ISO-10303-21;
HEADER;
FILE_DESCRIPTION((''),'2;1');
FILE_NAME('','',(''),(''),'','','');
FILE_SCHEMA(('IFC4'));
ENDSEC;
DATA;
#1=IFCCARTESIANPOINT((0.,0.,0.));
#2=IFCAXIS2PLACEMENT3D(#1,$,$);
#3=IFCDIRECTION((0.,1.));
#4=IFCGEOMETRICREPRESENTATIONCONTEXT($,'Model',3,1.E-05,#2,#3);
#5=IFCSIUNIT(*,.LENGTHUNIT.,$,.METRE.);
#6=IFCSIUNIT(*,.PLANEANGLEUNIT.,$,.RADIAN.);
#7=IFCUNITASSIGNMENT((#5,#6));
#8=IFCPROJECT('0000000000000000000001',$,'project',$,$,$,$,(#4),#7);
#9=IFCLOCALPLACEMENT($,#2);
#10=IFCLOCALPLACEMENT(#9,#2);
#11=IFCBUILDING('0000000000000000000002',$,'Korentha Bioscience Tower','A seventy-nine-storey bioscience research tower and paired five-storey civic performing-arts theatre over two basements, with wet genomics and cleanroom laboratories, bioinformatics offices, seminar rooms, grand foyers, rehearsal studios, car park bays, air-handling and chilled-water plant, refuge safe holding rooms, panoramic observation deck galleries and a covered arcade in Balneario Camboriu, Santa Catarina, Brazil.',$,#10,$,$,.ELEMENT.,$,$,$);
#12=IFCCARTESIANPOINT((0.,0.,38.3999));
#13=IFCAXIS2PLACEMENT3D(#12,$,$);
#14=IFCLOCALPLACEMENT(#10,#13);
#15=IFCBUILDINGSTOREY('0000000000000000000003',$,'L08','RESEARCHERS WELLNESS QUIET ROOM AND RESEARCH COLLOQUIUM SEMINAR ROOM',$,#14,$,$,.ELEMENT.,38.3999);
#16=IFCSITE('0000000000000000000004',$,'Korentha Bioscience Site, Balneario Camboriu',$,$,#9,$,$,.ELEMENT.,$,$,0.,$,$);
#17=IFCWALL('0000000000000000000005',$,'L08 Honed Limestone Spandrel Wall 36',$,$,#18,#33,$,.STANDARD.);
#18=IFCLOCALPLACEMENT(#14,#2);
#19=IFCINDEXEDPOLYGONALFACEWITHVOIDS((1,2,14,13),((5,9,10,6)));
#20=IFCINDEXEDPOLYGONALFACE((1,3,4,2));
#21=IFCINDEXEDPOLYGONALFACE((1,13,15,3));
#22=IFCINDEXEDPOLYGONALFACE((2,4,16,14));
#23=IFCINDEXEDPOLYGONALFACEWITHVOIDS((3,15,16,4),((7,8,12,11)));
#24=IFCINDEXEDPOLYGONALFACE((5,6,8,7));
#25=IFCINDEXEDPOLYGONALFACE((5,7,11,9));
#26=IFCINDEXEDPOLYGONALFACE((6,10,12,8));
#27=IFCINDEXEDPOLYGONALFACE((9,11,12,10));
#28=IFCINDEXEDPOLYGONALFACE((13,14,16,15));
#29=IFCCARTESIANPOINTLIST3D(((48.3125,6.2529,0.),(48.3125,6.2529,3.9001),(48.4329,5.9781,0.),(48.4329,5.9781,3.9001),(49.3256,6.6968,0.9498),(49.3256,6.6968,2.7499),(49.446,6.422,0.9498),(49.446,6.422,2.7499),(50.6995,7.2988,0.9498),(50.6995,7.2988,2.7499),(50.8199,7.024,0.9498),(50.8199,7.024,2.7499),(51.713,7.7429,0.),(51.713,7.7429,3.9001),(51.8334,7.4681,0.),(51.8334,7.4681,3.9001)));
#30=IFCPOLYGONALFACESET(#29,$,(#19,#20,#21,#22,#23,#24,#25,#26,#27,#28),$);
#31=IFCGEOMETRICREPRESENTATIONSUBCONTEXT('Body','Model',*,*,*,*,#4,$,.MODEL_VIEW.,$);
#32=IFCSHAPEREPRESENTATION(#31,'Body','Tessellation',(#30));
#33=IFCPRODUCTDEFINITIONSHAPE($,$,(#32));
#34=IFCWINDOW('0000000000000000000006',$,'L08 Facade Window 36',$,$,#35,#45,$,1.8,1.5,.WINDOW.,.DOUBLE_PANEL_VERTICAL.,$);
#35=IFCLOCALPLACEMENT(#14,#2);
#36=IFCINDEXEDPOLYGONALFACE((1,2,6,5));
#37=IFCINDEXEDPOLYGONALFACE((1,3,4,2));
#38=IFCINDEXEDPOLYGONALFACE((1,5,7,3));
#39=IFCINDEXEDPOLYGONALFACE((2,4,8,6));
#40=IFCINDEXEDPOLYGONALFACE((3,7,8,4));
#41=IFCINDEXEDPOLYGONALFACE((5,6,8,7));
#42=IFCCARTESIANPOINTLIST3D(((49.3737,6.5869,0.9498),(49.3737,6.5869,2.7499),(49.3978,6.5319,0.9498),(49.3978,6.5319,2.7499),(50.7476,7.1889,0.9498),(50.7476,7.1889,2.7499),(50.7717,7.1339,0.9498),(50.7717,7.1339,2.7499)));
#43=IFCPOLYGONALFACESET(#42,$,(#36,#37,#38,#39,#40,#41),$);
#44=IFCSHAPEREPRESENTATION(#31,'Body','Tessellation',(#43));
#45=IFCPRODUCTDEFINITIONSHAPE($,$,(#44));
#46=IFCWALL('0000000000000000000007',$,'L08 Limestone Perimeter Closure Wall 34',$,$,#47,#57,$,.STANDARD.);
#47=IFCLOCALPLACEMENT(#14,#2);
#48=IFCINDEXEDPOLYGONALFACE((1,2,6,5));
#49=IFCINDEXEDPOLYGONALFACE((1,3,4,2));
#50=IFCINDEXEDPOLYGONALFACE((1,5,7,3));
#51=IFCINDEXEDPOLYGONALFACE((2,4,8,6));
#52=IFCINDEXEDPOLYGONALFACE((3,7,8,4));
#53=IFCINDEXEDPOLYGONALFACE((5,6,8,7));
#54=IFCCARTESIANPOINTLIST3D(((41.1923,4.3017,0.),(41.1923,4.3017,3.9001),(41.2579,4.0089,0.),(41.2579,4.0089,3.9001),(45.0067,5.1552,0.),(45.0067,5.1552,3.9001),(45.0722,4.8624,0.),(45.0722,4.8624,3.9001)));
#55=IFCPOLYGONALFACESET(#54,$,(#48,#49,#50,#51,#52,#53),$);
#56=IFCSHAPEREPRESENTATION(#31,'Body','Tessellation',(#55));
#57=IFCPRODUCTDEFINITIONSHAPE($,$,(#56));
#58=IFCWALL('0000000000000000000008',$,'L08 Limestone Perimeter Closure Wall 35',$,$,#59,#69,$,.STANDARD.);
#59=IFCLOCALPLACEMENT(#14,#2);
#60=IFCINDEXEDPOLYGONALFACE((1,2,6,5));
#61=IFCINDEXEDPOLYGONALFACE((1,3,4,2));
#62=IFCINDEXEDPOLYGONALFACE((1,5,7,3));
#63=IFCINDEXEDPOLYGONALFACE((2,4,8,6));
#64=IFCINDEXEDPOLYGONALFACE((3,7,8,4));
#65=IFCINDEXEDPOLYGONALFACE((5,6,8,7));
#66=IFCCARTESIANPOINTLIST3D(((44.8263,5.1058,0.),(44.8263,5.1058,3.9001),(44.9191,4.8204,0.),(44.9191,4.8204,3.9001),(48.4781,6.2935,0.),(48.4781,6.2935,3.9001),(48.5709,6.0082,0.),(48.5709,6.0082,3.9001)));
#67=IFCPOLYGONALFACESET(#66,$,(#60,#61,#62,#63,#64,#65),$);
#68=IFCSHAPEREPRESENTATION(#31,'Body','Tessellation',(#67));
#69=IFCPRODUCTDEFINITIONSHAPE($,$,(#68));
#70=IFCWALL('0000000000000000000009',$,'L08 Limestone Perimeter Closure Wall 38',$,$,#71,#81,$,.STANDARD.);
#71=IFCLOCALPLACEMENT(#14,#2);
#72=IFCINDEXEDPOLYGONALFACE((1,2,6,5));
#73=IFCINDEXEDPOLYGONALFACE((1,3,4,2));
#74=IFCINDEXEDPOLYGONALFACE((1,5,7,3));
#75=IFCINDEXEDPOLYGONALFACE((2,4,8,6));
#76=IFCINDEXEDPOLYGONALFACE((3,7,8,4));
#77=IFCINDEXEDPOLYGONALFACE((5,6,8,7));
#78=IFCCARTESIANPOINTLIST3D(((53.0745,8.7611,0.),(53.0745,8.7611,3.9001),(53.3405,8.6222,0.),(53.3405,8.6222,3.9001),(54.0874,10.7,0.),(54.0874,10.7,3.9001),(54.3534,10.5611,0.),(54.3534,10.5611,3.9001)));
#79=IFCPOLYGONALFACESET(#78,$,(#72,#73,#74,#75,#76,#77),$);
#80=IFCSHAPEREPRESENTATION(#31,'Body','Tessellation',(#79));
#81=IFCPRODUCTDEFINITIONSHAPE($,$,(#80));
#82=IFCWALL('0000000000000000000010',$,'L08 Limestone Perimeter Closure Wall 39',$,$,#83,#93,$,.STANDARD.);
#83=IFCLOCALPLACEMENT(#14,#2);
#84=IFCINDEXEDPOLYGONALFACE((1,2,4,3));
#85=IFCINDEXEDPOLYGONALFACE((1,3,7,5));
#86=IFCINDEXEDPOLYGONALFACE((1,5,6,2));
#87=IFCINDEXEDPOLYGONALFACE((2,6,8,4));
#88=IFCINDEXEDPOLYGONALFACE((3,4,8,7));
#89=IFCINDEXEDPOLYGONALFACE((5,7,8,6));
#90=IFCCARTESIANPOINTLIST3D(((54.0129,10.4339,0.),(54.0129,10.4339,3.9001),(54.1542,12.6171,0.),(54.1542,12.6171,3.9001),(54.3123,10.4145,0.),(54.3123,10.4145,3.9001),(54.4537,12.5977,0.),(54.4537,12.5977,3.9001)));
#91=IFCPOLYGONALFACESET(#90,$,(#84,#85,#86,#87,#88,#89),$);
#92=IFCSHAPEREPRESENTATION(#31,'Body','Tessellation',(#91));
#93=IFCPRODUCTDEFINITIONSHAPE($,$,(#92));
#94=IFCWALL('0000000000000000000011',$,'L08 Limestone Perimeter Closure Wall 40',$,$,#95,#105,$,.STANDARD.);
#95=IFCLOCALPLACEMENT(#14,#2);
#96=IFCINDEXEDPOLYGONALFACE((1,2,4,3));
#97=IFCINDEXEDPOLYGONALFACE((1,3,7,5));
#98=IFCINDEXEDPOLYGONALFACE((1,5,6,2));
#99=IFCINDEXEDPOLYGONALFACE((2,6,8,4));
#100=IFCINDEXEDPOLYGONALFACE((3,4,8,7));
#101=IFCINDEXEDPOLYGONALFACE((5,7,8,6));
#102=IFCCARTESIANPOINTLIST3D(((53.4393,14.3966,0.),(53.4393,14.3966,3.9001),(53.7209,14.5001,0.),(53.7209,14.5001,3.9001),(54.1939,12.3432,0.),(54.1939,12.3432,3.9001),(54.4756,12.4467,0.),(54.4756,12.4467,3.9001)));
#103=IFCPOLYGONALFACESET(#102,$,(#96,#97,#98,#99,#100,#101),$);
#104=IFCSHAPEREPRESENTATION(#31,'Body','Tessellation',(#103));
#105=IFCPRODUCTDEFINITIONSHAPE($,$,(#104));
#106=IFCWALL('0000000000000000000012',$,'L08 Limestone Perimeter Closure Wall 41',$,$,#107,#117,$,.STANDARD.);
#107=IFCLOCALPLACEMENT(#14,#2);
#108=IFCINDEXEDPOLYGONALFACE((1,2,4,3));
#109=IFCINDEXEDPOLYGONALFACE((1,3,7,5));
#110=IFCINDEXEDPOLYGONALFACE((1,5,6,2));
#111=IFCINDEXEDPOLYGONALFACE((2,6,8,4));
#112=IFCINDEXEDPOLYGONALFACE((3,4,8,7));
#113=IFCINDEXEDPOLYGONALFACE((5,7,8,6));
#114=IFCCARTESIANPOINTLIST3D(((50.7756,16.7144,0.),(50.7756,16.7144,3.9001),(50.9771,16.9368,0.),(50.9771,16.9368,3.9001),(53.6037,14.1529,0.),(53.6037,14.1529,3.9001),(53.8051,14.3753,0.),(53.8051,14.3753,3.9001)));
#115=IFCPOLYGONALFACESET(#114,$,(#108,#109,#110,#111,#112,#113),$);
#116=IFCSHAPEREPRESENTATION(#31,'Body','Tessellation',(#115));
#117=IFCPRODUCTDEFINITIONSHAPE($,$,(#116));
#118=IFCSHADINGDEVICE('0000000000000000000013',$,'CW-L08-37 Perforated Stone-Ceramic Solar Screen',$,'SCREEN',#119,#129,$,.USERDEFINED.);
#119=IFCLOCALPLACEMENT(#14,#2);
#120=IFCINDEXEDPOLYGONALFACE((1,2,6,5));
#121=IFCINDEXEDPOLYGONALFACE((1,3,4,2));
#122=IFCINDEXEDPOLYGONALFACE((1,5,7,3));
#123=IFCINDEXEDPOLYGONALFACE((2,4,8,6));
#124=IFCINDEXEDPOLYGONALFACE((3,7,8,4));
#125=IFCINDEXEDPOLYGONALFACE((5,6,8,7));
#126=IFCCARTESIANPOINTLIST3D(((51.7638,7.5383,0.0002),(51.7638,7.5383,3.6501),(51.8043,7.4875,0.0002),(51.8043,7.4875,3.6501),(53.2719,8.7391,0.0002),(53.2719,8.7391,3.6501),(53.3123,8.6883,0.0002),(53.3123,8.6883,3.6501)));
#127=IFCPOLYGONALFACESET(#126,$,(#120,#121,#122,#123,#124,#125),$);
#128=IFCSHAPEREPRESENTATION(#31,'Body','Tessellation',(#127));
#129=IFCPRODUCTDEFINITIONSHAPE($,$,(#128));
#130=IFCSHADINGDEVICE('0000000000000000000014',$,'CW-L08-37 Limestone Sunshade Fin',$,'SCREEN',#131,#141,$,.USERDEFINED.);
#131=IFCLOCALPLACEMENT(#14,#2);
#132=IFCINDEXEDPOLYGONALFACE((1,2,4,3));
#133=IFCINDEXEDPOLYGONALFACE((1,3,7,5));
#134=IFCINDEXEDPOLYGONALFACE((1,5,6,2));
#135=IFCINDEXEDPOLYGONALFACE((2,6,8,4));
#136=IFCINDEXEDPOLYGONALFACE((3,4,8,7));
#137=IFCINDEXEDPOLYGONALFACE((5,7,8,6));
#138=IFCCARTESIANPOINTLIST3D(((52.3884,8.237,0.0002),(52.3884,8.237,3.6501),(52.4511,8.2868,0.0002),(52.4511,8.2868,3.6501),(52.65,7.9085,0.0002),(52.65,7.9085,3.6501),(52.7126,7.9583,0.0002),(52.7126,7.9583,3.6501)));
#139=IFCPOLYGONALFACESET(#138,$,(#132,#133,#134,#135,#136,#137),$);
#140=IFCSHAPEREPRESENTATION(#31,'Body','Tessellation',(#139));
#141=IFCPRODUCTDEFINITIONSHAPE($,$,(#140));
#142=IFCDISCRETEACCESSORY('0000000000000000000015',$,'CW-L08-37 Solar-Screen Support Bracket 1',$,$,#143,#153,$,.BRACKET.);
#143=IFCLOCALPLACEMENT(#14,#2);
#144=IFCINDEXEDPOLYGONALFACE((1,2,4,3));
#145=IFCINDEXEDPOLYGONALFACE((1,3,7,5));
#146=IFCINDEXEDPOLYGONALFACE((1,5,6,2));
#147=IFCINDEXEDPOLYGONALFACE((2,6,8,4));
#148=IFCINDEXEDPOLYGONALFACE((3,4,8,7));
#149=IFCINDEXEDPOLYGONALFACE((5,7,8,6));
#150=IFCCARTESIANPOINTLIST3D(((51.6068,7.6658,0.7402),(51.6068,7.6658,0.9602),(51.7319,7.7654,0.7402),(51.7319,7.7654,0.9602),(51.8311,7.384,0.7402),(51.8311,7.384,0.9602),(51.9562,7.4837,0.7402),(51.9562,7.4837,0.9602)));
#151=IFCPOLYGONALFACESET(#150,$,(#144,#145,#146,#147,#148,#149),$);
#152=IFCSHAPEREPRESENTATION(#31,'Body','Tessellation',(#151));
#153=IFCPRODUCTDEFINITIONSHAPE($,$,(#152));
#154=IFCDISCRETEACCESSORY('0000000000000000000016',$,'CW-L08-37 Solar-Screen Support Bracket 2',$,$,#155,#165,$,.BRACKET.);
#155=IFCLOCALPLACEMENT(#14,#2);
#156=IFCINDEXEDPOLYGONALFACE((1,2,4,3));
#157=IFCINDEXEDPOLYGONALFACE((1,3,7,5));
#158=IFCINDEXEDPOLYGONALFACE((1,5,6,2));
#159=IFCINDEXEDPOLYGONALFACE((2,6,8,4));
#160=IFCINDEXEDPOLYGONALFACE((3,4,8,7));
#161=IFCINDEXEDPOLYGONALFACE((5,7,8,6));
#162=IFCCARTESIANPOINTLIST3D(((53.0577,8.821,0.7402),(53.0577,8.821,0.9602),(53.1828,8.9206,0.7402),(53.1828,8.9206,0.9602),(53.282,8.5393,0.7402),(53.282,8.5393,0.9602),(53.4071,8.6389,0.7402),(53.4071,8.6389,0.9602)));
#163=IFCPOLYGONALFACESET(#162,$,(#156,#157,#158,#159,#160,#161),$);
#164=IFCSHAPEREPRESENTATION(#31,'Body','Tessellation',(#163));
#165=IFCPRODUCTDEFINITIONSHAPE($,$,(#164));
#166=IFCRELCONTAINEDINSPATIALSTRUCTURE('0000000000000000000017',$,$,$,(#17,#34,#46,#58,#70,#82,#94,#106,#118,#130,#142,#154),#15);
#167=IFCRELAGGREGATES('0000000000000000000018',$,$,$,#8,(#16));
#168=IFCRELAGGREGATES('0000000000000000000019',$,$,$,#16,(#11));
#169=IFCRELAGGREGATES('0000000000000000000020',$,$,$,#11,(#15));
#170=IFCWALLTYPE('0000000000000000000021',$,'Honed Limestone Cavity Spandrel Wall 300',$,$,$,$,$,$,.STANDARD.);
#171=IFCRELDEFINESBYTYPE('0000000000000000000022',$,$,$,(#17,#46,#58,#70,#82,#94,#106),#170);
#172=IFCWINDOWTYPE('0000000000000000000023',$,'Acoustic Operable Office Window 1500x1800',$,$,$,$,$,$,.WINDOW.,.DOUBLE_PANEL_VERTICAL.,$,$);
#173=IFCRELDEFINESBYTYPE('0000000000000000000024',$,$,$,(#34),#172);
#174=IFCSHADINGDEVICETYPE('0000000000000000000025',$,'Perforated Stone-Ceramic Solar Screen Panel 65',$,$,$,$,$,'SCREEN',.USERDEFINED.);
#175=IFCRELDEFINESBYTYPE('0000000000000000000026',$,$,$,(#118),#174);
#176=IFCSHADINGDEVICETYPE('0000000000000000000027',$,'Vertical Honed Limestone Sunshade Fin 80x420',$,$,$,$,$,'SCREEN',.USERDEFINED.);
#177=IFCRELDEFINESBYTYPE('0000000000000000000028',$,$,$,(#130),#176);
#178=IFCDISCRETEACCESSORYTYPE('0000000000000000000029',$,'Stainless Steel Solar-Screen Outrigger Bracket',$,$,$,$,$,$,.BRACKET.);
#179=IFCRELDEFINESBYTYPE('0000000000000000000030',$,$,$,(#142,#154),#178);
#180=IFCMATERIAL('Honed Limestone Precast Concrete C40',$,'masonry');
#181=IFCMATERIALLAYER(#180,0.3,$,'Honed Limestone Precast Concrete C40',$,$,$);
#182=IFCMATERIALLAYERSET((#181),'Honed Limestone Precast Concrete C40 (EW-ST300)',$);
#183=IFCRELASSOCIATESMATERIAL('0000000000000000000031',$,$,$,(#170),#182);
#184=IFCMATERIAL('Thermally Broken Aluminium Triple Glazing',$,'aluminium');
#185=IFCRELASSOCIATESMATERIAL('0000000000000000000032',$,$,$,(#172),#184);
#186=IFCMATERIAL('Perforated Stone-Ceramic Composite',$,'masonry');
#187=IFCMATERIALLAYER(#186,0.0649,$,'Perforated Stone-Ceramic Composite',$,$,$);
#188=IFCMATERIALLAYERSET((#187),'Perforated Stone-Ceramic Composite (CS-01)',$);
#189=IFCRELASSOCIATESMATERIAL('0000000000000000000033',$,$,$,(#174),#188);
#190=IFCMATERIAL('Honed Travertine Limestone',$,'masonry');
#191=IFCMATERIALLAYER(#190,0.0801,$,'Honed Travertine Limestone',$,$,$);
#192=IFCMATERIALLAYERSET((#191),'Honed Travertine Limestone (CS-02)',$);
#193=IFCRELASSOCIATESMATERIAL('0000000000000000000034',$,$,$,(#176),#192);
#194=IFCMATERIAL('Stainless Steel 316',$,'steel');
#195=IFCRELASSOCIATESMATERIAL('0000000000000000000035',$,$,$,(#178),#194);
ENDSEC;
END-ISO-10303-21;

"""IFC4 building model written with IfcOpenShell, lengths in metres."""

from ifc_helpers import new_model, si_unit, direction, frame, frame_2d, origin, origin_2d, place, context, subcontext, project, spatial, rectangle, extrude, material, layer, layer_set, type_object, element, fill, save


model = new_model("IFC4")

# Units and contexts
model_context = context("Model", 3, precision=1e-05, world=origin(), true_north=direction((0.0, 1.0)))
body_context = subcontext(model_context, "Body", "Model", "MODEL_VIEW")
ifc_project = project(units=[si_unit("LENGTHUNIT", "METRE"), si_unit("PLANEANGLEUNIT", "RADIAN")], contexts=[model_context])

# Site, building, storey
site_placement = place(None, origin())
site = spatial("IfcSite", under=ifc_project, at=site_placement, Name="Korentha Bioscience Site, Balneario Camboriu", CompositionType="ELEMENT", RefElevation=0.0)
building_placement = place(site_placement, origin())
building = spatial("IfcBuilding", under=site, at=building_placement, Name="Korentha Bioscience Tower", Description="A seventy-nine-storey bioscience research tower and paired five-storey civic performing-arts theatre over two basements, with wet genomics and cleanroom laboratories, bioinformatics offices, seminar rooms, grand foyers, rehearsal studios, car park bays, air-handling and chilled-water plant, refuge safe holding rooms, panoramic observation deck galleries and a covered arcade in Balneario Camboriu, Santa Catarina, Brazil.", CompositionType="ELEMENT")
storey_placement = place(building_placement, frame((0.0, 0.0, 38.3999)))
storey = spatial("IfcBuildingStorey", under=building, at=storey_placement, Name="L08", Description="RESEARCHERS WELLNESS QUIET ROOM AND RESEARCH COLLOQUIUM SEMINAR ROOM", CompositionType="ELEMENT", Elevation=38.3999)

# Wall, opening, window
ifc_material_1 = material(Name="Honed Limestone Precast Concrete C40", Category="masonry")
ifc_layer_1 = layer(ifc_material_1, 0.3, Name="Honed Limestone Precast Concrete C40")
ifc_layer_set_1 = layer_set([ifc_layer_1], Name="Honed Limestone Precast Concrete C40 (EW-ST300)")
wall_type = type_object("IfcWallType", Name="Honed Limestone Cavity Spandrel Wall 300", PredefinedType="STANDARD", material=ifc_layer_set_1)
wall_1_placement = place(storey_placement, frame((48.3726, 6.1155, 0.0), z_axis=(0.0, 0.0, 1.0), x_axis=(0.915938, 0.401319, 0.0)))
wall_1 = element("IfcWall", 1, at=wall_1_placement, inside=storey, type_object=wall_type, Name="L08 Honed Limestone Spandrel Wall 36", PredefinedType="STANDARD", context=body_context, shape_type="SweptSolid", body=[
    extrude(rectangle(XDim=3.7126, YDim=0.3, at=frame_2d((1.8564, 0.0))), origin(), (0.0, 0.0, 1.0), 3.9001),
])
opening_placement = place(wall_1_placement, frame((1.1062, 0.0, 0.95)))
opening = element("IfcOpeningElement", 2, at=opening_placement, cuts=wall_1, PredefinedType="OPENING", context=body_context, shape_type="SweptSolid", body=[
    extrude(rectangle(XDim=1.5, YDim=1.8, at=frame_2d((0.75, 0.8999))), frame((0.0, 0.165, 0.0), z_axis=(0.0, -1.0, 0.0), x_axis=(1.0, 0.0, 0.0)), (0.0, 0.0, 1.0), 0.3298),
])
ifc_material_2 = material(Name="Thermally Broken Aluminium Triple Glazing", Category="aluminium")
window_type = type_object("IfcWindowType", Name="Acoustic Operable Office Window 1500x1800", PartitioningType="DOUBLE_PANEL_VERTICAL", PredefinedType="WINDOW", material=ifc_material_2)
window_placement = place(opening_placement, origin())
window = element("IfcWindow", 3, at=window_placement, inside=storey, type_object=window_type, Name="L08 Facade Window 36", OverallHeight=1.8, OverallWidth=1.5, PartitioningType="DOUBLE_PANEL_VERTICAL", PredefinedType="WINDOW", context=body_context, shape_type="SweptSolid", body=[
    extrude(rectangle(XDim=1.5, YDim=1.8, at=frame_2d((0.75, 0.8999))), frame((0.0, 0.03, 0.0), z_axis=(0.0, -1.0, 0.0), x_axis=(1.0, 0.0, 0.0)), (0.0, 0.0, 1.0), 0.0601),
])
fill(opening, window)

# Walls
wall_2_placement = place(storey_placement, frame((41.2251, 4.1553, 0.0), z_axis=(0.0, 0.0, 1.0), x_axis=(0.975869, 0.218359, 0.0)))
element("IfcWall", 4, at=wall_2_placement, inside=storey, type_object=wall_type, Name="L08 Limestone Perimeter Closure Wall 34", PredefinedType="STANDARD", context=body_context, shape_type="SweptSolid", body=[
    extrude(rectangle(XDim=3.9087, YDim=0.3, at=frame_2d((1.9543, 0.0))), origin(), (0.0, 0.0, 1.0), 3.9001),
])
wall_3_placement = place(storey_placement, frame((44.8728, 4.9631, 0.0), z_axis=(0.0, 0.0, 1.0), x_axis=(0.950966, 0.309296, 0.0)))
element("IfcWall", 5, at=wall_3_placement, inside=storey, type_object=wall_type, Name="L08 Limestone Perimeter Closure Wall 35", PredefinedType="STANDARD", context=body_context, shape_type="SweptSolid", body=[
    extrude(rectangle(XDim=3.8401, YDim=0.3, at=frame_2d((1.9199, 0.0))), origin(), (0.0, 0.0, 1.0), 3.9001),
])
wall_4_placement = place(storey_placement, frame((53.2075, 8.6917, 0.0), z_axis=(0.0, 0.0, 1.0), x_axis=(0.463035, 0.88634, 0.0)))
element("IfcWall", 6, at=wall_4_placement, inside=storey, type_object=wall_type, Name="L08 Limestone Perimeter Closure Wall 38", PredefinedType="STANDARD", context=body_context, shape_type="SweptSolid", body=[
    extrude(rectangle(XDim=2.1875, YDim=0.3, at=frame_2d((1.0938, 0.0))), origin(), (0.0, 0.0, 1.0), 3.9001),
])
for number, where, z_axis, x_axis, name in (
    (7, (54.1626, 10.4243, 0.0), (0.0, 0.0, 1.0), (0.064615, 0.99791, 0.0), "L08 Limestone Perimeter Closure Wall 39"),
    (8, (54.3347, 12.395, 0.0), (0.0, 0.0, 1.0), (-0.34494, 0.938625, 0.0), "L08 Limestone Perimeter Closure Wall 40"),
):
    element("IfcWall", number, at=place(storey_placement, frame(where, z_axis=z_axis, x_axis=x_axis)), inside=storey, type_object=wall_type, Name=name, PredefinedType="STANDARD", context=body_context, shape_type="SweptSolid", body=[
        extrude(rectangle(XDim=2.1877, YDim=0.3, at=frame_2d((1.0938, 0.0))), origin(), (0.0, 0.0, 1.0), 3.9001),
    ])
wall_5_placement = place(storey_placement, frame((53.7043, 14.2642, 0.0), z_axis=(0.0, 0.0, 1.0), x_axis=(-0.741178, 0.671309, 0.0)))
element("IfcWall", 9, at=wall_5_placement, inside=storey, type_object=wall_type, Name="L08 Limestone Perimeter Closure Wall 41", PredefinedType="STANDARD", context=body_context, shape_type="SweptSolid", body=[
    extrude(rectangle(XDim=3.8157, YDim=0.3, at=frame_2d((1.9077, 0.0))), origin(), (0.0, 0.0, 1.0), 3.9001),
])

# Shading devices
ifc_material_3 = material(Name="Perforated Stone-Ceramic Composite", Category="masonry")
ifc_layer_2 = layer(ifc_material_3, 0.0649, Name="Perforated Stone-Ceramic Composite")
ifc_layer_set_2 = layer_set([ifc_layer_2], Name="Perforated Stone-Ceramic Composite (CS-01)")
shading_device_type_1 = type_object("IfcShadingDeviceType", Name="Perforated Stone-Ceramic Solar Screen Panel 65", ElementType="SCREEN", PredefinedType="USERDEFINED", material=ifc_layer_set_2)
shading_device_1_placement = place(storey_placement, frame((52.5381, 8.1133, 0.0002), z_axis=(0.0, 0.0, 1.0), x_axis=(0.782288, 0.622917, 0.0)))
element("IfcShadingDevice", 10, at=shading_device_1_placement, inside=storey, type_object=shading_device_type_1, Name="CW-L08-37 Perforated Stone-Ceramic Solar Screen", ObjectType="SCREEN", PredefinedType="USERDEFINED", context=body_context, shape_type="SweptSolid", body=[
    extrude(rectangle(XDim=1.9277, YDim=0.0649, at=origin_2d()), origin(), (0.0, 0.0, 1.0), 3.6499),
])
ifc_material_4 = material(Name="Honed Travertine Limestone", Category="masonry")
ifc_layer_3 = layer(ifc_material_4, 0.0801, Name="Honed Travertine Limestone")
ifc_layer_set_3 = layer_set([ifc_layer_3], Name="Honed Travertine Limestone (CS-02)")
shading_device_type_2 = type_object("IfcShadingDeviceType", Name="Vertical Honed Limestone Sunshade Fin 80x420", ElementType="SCREEN", PredefinedType="USERDEFINED", material=ifc_layer_set_3)
shading_device_2_placement = place(storey_placement, frame((52.5505, 8.0977, 0.0002), z_axis=(0.0, 0.0, 1.0), x_axis=(0.782288, 0.622917, 0.0)))
element("IfcShadingDevice", 11, at=shading_device_2_placement, inside=storey, type_object=shading_device_type_2, Name="CW-L08-37 Limestone Sunshade Fin", ObjectType="SCREEN", PredefinedType="USERDEFINED", context=body_context, shape_type="SweptSolid", body=[
    extrude(rectangle(XDim=0.0801, YDim=0.4199, at=origin_2d()), origin(), (0.0, 0.0, 1.0), 3.6499),
])

# Discrete accessories
ifc_material_5 = material(Name="Stainless Steel 316", Category="steel")
discrete_accessory_type = type_object("IfcDiscreteAccessoryType", Name="Stainless Steel Solar-Screen Outrigger Bracket", PredefinedType="BRACKET", material=ifc_material_5)
for number, where, z_axis, x_axis, name in (
    (12, (51.7815, 7.5747, 0.7402), (0.0, 0.0, 1.0), (0.782288, 0.622917, 0.0), "CW-L08-37 Solar-Screen Support Bracket 1"),
    (13, (53.2324, 8.73, 0.7402), (0.0, 0.0, 1.0), (0.782288, 0.622917, 0.0), "CW-L08-37 Solar-Screen Support Bracket 2"),
):
    element("IfcDiscreteAccessory", number, at=place(storey_placement, frame(where, z_axis=z_axis, x_axis=x_axis)), inside=storey, type_object=discrete_accessory_type, Name=name, PredefinedType="BRACKET", context=body_context, shape_type="SweptSolid", body=[
        extrude(rectangle(XDim=0.1599, YDim=0.3601, at=origin_2d()), origin(), (0.0, 0.0, 1.0), 0.22),
    ])

save(model, "model.ifc")
